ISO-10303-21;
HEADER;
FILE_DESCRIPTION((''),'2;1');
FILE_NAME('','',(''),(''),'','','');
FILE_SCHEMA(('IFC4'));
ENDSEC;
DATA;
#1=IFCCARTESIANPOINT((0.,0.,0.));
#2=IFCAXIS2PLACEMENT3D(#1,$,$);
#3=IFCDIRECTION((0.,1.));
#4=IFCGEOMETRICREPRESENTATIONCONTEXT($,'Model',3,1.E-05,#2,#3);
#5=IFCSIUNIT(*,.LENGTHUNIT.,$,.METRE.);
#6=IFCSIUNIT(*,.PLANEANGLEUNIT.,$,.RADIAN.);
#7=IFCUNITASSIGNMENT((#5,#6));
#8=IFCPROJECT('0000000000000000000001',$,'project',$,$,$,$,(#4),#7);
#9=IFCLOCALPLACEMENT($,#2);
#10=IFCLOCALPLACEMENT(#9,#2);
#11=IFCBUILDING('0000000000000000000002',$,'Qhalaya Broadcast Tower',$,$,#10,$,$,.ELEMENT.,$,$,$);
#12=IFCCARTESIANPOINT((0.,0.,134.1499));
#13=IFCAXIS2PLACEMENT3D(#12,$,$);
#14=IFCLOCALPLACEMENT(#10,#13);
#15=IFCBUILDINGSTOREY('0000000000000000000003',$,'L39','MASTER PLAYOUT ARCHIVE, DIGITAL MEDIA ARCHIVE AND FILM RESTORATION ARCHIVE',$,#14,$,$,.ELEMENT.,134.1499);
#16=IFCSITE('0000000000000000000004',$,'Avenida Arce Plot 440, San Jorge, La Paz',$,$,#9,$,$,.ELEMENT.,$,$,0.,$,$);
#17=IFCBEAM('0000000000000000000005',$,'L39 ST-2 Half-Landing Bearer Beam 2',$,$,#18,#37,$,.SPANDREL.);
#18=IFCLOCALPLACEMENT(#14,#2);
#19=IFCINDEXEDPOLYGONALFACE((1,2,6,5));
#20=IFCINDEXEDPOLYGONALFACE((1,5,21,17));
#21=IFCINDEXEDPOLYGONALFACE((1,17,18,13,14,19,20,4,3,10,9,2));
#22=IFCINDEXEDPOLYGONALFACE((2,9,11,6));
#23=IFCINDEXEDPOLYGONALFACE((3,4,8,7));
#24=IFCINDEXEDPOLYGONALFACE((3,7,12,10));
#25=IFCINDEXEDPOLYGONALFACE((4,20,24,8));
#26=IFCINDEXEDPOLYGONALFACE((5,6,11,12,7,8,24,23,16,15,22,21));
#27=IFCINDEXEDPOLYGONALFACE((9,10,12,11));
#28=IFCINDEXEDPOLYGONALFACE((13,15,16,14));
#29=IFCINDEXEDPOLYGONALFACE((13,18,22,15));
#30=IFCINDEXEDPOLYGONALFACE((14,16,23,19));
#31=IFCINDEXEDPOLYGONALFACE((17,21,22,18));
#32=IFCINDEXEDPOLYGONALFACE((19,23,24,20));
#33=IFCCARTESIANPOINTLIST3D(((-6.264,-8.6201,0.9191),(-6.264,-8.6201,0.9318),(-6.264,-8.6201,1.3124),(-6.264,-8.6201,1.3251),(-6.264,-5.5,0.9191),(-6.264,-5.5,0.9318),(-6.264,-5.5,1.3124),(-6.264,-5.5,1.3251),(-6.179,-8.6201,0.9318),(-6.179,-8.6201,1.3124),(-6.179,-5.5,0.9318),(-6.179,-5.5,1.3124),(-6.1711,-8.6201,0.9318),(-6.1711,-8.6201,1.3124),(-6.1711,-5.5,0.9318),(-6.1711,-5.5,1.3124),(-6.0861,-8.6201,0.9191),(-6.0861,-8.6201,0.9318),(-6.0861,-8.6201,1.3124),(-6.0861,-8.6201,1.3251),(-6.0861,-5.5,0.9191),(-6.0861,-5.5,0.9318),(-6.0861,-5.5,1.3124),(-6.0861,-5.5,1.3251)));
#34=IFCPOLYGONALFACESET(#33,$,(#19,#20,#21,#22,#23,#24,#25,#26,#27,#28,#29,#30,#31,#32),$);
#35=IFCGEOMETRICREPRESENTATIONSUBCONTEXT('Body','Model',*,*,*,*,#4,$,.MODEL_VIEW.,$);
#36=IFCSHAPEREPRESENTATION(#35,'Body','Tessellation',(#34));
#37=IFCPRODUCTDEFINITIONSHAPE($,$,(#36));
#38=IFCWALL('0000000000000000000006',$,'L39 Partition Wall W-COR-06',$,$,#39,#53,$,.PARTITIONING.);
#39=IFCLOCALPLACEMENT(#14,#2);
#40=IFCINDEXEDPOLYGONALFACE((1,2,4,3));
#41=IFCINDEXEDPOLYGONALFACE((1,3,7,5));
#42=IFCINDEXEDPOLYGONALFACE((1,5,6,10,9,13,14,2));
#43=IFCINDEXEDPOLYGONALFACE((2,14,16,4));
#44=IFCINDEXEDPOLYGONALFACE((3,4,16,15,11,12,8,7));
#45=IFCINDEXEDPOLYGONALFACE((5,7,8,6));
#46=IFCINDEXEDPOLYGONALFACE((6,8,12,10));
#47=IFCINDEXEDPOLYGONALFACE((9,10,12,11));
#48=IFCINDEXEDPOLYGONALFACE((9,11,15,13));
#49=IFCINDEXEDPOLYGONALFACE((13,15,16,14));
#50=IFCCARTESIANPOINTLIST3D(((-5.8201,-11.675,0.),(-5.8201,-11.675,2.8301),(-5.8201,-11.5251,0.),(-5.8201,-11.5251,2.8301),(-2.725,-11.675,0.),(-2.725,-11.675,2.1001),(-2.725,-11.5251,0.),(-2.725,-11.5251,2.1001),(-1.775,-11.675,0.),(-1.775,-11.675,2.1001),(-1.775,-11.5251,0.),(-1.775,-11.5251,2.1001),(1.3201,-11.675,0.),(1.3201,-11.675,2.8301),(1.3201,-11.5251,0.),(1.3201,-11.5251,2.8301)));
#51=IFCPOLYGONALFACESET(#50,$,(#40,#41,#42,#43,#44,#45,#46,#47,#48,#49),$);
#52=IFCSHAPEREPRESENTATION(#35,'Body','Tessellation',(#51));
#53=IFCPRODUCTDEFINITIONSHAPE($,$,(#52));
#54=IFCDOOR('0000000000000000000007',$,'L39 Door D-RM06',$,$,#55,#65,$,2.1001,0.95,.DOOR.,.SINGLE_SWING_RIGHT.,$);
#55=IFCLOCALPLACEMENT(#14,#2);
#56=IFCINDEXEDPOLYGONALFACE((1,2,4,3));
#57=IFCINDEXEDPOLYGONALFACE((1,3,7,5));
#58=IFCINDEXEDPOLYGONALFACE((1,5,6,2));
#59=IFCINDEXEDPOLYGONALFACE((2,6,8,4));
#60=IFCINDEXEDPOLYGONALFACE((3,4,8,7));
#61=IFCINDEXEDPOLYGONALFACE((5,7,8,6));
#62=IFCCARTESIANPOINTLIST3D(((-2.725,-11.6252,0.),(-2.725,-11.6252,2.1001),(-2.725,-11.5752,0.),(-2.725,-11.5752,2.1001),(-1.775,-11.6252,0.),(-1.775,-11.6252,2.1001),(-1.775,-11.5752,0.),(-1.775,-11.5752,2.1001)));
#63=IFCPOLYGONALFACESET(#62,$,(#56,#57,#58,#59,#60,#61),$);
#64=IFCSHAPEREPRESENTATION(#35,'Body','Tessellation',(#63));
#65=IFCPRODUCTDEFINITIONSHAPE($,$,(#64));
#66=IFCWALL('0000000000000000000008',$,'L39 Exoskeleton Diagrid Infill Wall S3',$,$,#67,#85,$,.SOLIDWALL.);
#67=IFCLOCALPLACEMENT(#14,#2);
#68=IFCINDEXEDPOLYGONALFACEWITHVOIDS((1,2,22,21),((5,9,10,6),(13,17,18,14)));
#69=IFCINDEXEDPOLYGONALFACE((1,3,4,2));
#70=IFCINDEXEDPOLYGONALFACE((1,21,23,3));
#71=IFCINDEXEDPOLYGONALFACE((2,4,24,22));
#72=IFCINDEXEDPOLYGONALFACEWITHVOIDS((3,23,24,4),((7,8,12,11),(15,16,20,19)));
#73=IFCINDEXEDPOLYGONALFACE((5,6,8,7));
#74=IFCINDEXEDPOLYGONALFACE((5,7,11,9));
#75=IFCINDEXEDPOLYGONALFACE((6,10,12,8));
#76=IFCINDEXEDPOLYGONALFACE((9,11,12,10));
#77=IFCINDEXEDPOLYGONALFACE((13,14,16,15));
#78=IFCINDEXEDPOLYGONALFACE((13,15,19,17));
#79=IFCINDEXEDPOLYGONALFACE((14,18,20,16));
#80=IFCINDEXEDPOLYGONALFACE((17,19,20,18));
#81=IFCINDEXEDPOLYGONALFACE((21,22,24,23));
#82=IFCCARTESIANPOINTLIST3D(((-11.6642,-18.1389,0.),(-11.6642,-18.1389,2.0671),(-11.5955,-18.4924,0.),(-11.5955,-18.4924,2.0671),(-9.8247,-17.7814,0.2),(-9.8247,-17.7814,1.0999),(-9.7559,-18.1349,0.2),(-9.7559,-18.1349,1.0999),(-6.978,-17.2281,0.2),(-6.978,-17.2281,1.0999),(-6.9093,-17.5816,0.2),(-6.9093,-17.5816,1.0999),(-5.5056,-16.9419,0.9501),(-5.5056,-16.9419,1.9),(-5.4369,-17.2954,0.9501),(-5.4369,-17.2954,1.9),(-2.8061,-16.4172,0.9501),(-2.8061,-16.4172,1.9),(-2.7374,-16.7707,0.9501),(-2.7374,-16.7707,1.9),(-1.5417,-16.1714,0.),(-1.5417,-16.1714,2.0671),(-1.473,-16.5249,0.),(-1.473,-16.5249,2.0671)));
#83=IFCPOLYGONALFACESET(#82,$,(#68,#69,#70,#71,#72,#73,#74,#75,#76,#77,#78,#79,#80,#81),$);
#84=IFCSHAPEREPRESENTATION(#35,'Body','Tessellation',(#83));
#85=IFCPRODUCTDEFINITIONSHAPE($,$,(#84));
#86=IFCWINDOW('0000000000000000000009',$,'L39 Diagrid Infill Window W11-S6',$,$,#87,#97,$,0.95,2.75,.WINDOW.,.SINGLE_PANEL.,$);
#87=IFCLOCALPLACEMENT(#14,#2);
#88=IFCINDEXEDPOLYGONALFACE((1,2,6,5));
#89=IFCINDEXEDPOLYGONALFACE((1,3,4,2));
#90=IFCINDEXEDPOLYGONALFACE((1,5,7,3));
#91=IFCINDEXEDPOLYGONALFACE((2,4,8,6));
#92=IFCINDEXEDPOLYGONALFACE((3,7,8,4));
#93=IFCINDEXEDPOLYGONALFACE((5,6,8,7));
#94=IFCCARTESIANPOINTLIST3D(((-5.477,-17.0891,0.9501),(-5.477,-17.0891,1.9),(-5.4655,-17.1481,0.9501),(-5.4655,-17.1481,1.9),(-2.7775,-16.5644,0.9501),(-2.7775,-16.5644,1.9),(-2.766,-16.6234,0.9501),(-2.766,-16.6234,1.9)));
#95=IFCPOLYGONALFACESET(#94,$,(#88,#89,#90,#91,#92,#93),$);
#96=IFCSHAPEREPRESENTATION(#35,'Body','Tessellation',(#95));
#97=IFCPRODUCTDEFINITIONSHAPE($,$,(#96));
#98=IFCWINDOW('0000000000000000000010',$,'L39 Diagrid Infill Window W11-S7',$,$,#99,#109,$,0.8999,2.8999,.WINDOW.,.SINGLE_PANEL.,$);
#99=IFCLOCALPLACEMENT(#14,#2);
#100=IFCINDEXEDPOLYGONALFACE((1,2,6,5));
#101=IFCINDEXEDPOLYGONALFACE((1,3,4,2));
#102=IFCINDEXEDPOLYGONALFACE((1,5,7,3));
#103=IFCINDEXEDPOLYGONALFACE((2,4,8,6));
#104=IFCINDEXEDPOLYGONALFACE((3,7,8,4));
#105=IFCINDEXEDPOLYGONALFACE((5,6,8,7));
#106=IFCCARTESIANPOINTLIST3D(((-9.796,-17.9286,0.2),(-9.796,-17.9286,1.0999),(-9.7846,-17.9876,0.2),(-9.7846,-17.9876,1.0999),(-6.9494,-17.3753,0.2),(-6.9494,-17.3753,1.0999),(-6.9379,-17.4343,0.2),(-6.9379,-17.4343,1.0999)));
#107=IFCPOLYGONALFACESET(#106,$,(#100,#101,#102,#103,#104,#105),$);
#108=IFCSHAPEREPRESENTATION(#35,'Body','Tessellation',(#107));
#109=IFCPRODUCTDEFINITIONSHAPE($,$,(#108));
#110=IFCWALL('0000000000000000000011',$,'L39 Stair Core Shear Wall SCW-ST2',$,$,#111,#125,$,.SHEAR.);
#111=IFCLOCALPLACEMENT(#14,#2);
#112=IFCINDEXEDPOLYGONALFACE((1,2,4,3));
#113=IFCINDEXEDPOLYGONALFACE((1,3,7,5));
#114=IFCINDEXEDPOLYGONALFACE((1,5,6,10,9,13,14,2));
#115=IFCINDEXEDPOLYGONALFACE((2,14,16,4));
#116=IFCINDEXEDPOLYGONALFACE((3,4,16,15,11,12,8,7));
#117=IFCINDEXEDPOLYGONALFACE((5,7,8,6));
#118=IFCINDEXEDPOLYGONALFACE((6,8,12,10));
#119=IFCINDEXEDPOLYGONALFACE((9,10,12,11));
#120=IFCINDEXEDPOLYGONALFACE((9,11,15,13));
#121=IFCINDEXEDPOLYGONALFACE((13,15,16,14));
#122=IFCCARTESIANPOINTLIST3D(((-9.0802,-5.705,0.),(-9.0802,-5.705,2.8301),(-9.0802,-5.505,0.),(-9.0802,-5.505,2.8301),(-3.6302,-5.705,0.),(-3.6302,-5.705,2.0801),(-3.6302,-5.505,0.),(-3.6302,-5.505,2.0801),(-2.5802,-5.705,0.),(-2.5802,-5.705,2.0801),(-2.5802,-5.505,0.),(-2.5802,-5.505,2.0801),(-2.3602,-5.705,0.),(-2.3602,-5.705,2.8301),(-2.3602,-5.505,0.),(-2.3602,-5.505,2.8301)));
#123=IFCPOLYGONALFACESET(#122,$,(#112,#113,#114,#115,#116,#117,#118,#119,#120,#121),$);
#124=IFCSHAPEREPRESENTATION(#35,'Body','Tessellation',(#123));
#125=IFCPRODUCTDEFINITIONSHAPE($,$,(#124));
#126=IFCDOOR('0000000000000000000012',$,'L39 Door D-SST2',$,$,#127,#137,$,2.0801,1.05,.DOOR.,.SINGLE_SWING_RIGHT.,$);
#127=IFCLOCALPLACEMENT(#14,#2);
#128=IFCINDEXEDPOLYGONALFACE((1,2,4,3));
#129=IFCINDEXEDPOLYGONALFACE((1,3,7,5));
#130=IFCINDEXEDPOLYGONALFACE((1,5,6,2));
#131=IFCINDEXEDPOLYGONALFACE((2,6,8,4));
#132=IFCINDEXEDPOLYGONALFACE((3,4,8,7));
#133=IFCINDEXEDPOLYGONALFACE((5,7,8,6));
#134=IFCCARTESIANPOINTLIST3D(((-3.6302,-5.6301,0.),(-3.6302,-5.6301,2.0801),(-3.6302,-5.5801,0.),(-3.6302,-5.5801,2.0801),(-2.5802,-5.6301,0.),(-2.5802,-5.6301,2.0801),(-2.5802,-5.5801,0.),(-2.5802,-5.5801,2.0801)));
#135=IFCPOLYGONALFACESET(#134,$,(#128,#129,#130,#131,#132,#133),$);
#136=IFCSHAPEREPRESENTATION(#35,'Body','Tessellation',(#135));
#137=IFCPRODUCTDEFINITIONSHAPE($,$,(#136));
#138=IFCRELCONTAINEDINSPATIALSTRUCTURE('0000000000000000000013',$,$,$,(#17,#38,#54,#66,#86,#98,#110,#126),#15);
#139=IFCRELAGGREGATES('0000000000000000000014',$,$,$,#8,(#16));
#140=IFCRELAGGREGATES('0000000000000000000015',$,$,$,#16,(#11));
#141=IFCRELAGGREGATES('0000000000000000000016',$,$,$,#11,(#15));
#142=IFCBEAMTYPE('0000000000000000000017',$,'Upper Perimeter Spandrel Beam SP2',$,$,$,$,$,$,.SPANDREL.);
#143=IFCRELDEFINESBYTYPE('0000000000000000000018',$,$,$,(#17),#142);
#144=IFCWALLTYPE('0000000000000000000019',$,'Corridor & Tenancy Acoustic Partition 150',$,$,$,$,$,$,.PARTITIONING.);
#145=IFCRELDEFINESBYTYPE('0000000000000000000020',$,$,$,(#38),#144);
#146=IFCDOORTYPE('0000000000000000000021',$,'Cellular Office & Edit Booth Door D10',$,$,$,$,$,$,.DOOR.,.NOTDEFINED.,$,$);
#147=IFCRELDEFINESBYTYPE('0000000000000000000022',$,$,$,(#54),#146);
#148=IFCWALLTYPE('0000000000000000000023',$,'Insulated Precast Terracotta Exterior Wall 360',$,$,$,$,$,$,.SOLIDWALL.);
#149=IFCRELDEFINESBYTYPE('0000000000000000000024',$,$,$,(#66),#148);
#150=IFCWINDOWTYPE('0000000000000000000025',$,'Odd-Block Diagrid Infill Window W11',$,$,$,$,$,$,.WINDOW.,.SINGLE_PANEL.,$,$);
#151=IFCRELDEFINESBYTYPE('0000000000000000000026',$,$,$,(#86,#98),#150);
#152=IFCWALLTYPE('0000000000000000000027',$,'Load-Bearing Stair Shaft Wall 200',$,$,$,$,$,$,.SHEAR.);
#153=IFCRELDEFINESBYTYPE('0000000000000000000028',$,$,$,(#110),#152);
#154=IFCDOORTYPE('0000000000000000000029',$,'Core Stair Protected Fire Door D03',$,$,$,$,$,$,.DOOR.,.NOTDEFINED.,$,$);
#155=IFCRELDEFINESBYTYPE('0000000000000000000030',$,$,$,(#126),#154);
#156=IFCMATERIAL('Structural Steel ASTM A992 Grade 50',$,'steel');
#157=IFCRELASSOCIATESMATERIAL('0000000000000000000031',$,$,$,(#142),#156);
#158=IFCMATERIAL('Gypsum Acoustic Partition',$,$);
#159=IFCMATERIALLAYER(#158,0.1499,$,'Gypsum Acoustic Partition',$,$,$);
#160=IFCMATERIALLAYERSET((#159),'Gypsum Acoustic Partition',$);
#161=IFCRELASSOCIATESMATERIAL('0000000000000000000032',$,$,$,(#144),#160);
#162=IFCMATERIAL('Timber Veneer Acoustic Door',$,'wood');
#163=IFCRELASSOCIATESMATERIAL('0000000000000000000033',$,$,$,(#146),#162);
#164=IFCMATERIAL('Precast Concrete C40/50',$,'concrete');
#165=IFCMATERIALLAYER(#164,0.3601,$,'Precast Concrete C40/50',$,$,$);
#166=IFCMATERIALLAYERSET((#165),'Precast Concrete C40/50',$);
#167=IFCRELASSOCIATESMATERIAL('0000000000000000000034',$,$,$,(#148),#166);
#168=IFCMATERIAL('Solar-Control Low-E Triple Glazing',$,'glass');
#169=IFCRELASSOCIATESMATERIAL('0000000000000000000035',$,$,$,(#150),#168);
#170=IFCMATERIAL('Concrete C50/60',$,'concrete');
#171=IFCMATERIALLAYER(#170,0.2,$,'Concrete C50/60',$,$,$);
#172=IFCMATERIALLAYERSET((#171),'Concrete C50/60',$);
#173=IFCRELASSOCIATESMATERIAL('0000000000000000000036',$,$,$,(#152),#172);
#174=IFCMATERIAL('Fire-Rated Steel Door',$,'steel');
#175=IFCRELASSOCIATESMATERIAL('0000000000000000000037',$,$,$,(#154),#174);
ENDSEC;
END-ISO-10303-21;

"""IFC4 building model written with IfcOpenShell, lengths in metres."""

from ifc_helpers import new_model, si_unit, direction, frame, frame_2d, origin, origin_2d, place, context, subcontext, project, spatial, rectangle, i_section, extrude, material, layer, layer_set, material_profile, profile_set, type_object, element, fill, save


model = new_model("IFC4")

# Units and contexts
model_context = context("Model", 3, precision=1e-05, world=origin(), true_north=direction((0.0, 1.0)))
body_context = subcontext(model_context, "Body", "Model", "MODEL_VIEW")
ifc_project = project(units=[si_unit("LENGTHUNIT", "METRE"), si_unit("PLANEANGLEUNIT", "RADIAN")], contexts=[model_context])

# Site, building, storey
site_placement = place(None, origin())
site = spatial("IfcSite", under=ifc_project, at=site_placement, Name="Avenida Arce Plot 440, San Jorge, La Paz", CompositionType="ELEMENT", RefElevation=0.0)
building_placement = place(site_placement, origin())
building = spatial("IfcBuilding", under=site, at=building_placement, Name="Qhalaya Broadcast Tower", CompositionType="ELEMENT")
storey_placement = place(building_placement, frame((0.0, 0.0, 134.1499)))
storey = spatial("IfcBuildingStorey", under=building, at=storey_placement, Name="L39", Description="MASTER PLAYOUT ARCHIVE, DIGITAL MEDIA ARCHIVE AND FILM RESTORATION ARCHIVE", CompositionType="ELEMENT", Elevation=134.1499)

# Shared definitions
ifc_material_1 = material(Name="Concrete C50/60", Category="concrete")

# Beam
ifc_material_2 = material(Name="Structural Steel ASTM A992 Grade 50", Category="steel")
ifc_material_profile_1 = material_profile(ifc_material_2, i_section(OverallWidth=0.178, OverallDepth=0.406, WebThickness=0.0078, FlangeThickness=0.0127, at=origin_2d()), Name="W16X40")
ifc_profile_set_1 = profile_set([ifc_material_profile_1], Name="Structural Steel ASTM A992 Grade 50")
beam_type_1 = type_object("IfcBeamType", Name="Upper Perimeter Spandrel Beam SP2", PredefinedType="SPANDREL", material=ifc_profile_set_1)
for number, where, z_axis, x_axis, name in (
    (1, (-6.175, -8.6201, 1.1221), (0.0, 1.0, 0.0), (-1.0, 0.0, 0.0), "L39 ST-2 Half-Landing Bearer Beam 2"),
):
    element("IfcBeam", number, at=place(storey_placement, frame(where, z_axis=z_axis, x_axis=x_axis)), inside=storey, type_object=beam_type_1, Name=name, PredefinedType="SPANDREL", context=body_context, shape_type="SweptSolid", body=[
        extrude(i_section(OverallWidth=0.178, OverallDepth=0.406, WebThickness=0.0078, FlangeThickness=0.0127, at=origin_2d()), origin(), (0.0, 0.0, 1.0), 3.1201),
    ])

# Wall, opening, door
ifc_material_3 = material(Name="Gypsum Acoustic Partition")
ifc_layer_1 = layer(ifc_material_3, 0.1499, Name="Gypsum Acoustic Partition")
ifc_layer_set_1 = layer_set([ifc_layer_1], Name="Gypsum Acoustic Partition")
wall_type_1 = type_object("IfcWallType", Name="Corridor & Tenancy Acoustic Partition 150", PredefinedType="PARTITIONING", material=ifc_layer_set_1)
wall_1_placement = place(storey_placement, frame((-5.8201, -11.6001, 0.0), z_axis=(0.0, 0.0, 1.0), x_axis=(1.0, 0.0, 0.0)))
wall_1 = element("IfcWall", 2, at=wall_1_placement, inside=storey, type_object=wall_type_1, Name="L39 Partition Wall W-COR-06", PredefinedType="PARTITIONING", context=body_context, shape_type="SweptSolid", body=[
    extrude(rectangle(XDim=7.1401, YDim=0.1499, at=frame_2d((3.5701, 0.0))), origin(), (0.0, 0.0, 1.0), 2.8301),
])
opening_1_placement = place(wall_1_placement, frame((3.095, 0.0, 0.0)))
opening_1 = element("IfcOpeningElement", 3, at=opening_1_placement, cuts=wall_1, PredefinedType="OPENING", context=body_context, shape_type="SweptSolid", body=[
    extrude(rectangle(XDim=0.95, YDim=2.1001, at=frame_2d((0.4751, 1.05))), frame((0.0, 0.0869, 0.0), z_axis=(0.0, -1.0, 0.0), x_axis=(1.0, 0.0, 0.0)), (0.0, 0.0, 1.0), 0.1738),
])
ifc_material_4 = material(Name="Timber Veneer Acoustic Door", Category="wood")
door_type_1 = type_object("IfcDoorType", Name="Cellular Office & Edit Booth Door D10", OperationType="NOTDEFINED", PredefinedType="DOOR", material=ifc_material_4)
door_1_placement = place(opening_1_placement, origin())
door_1 = element("IfcDoor", 4, at=door_1_placement, inside=storey, type_object=door_type_1, Name="L39 Door D-RM06", OperationType="SINGLE_SWING_RIGHT", OverallHeight=2.1001, OverallWidth=0.95, PredefinedType="DOOR", context=body_context, shape_type="SweptSolid", body=[
    extrude(rectangle(XDim=0.95, YDim=2.1001, at=frame_2d((0.4751, 1.05))), frame((0.0, 0.0249, 0.0), z_axis=(0.0, -1.0, 0.0), x_axis=(1.0, 0.0, 0.0)), (0.0, 0.0, 1.0), 0.05),
])
fill(opening_1, door_1)

# Wall, openings, windows
ifc_material_5 = material(Name="Precast Concrete C40/50", Category="concrete")
ifc_layer_2 = layer(ifc_material_5, 0.3601, Name="Precast Concrete C40/50")
ifc_layer_set_2 = layer_set([ifc_layer_2], Name="Precast Concrete C40/50")
wall_type_2 = type_object("IfcWallType", Name="Insulated Precast Terracotta Exterior Wall 360", PredefinedType="SOLIDWALL", material=ifc_layer_set_2)
wall_2_placement = place(storey_placement, frame((-1.5073, -16.3481, 0.0), z_axis=(0.0, 0.0, 1.0), x_axis=(-0.981629, -0.1908, 0.0)))
wall_2 = element("IfcWall", 5, at=wall_2_placement, inside=storey, type_object=wall_type_2, Name="L39 Exoskeleton Diagrid Infill Wall S3", PredefinedType="SOLIDWALL", context=body_context, shape_type="SweptSolid", body=[
    extrude(rectangle(XDim=10.312, YDim=0.3601, at=frame_2d((5.156, 0.0))), origin(), (0.0, 0.0, 1.0), 2.0671),
])
opening_2_placement = place(wall_2_placement, frame((1.2881, 0.0, 0.95)))
opening_2 = element("IfcOpeningElement", 6, at=opening_2_placement, cuts=wall_2, PredefinedType="OPENING", context=body_context, shape_type="SweptSolid", body=[
    extrude(rectangle(XDim=2.75, YDim=0.95, at=frame_2d((1.375, 0.4751))), frame((0.0, 0.1921, 0.0), z_axis=(0.0, -1.0, 0.0), x_axis=(1.0, 0.0, 0.0)), (0.0, 0.0, 1.0), 0.384),
])
opening_3_placement = place(wall_2_placement, frame((5.5381, 0.0, 0.2)))
opening_3 = element("IfcOpeningElement", 7, at=opening_3_placement, cuts=wall_2, PredefinedType="OPENING", context=body_context, shape_type="SweptSolid", body=[
    extrude(rectangle(XDim=2.8999, YDim=0.8999, at=frame_2d((1.45, 0.45))), frame((0.0, 0.1921, 0.0), z_axis=(0.0, -1.0, 0.0), x_axis=(1.0, 0.0, 0.0)), (0.0, 0.0, 1.0), 0.384),
])
ifc_material_6 = material(Name="Solar-Control Low-E Triple Glazing", Category="glass")
window_type = type_object("IfcWindowType", Name="Odd-Block Diagrid Infill Window W11", PartitioningType="SINGLE_PANEL", PredefinedType="WINDOW", material=ifc_material_6)
window_1_placement = place(opening_2_placement, origin())
window_1 = element("IfcWindow", 8, at=window_1_placement, inside=storey, type_object=window_type, Name="L39 Diagrid Infill Window W11-S6", OverallHeight=0.95, OverallWidth=2.75, PartitioningType="SINGLE_PANEL", PredefinedType="WINDOW", context=body_context, shape_type="SweptSolid", body=[
    extrude(rectangle(XDim=2.75, YDim=0.95, at=frame_2d((1.375, 0.4751))), frame((0.0, 0.03, 0.0), z_axis=(0.0, -1.0, 0.0), x_axis=(1.0, 0.0, 0.0)), (0.0, 0.0, 1.0), 0.0601),
])
fill(opening_2, window_1)
window_2_placement = place(opening_3_placement, origin())
window_2 = element("IfcWindow", 9, at=window_2_placement, inside=storey, type_object=window_type, Name="L39 Diagrid Infill Window W11-S7", OverallHeight=0.8999, OverallWidth=2.8999, PartitioningType="SINGLE_PANEL", PredefinedType="WINDOW", context=body_context, shape_type="SweptSolid", body=[
    extrude(rectangle(XDim=2.8999, YDim=0.8999, at=frame_2d((1.45, 0.45))), frame((0.0, 0.03, 0.0), z_axis=(0.0, -1.0, 0.0), x_axis=(1.0, 0.0, 0.0)), (0.0, 0.0, 1.0), 0.0601),
])
fill(opening_3, window_2)

# Wall, opening, door
ifc_layer_3 = layer(ifc_material_1, 0.2, Name="Concrete C50/60")
ifc_layer_set_3 = layer_set([ifc_layer_3], Name="Concrete C50/60")
wall_type_3 = type_object("IfcWallType", Name="Load-Bearing Stair Shaft Wall 200", PredefinedType="SHEAR", material=ifc_layer_set_3)
wall_3_placement = place(storey_placement, frame((-9.0801, -5.605, 0.0), z_axis=(0.0, 0.0, 1.0), x_axis=(1.0, 0.0, 0.0)))
wall_3 = element("IfcWall", 10, at=wall_3_placement, inside=storey, type_object=wall_type_3, Name="L39 Stair Core Shear Wall SCW-ST2", PredefinedType="SHEAR", context=body_context, shape_type="SweptSolid", body=[
    extrude(rectangle(XDim=6.72, YDim=0.2, at=frame_2d((3.3599, 0.0))), origin(), (0.0, 0.0, 1.0), 2.8301),
])
opening_4_placement = place(wall_3_placement, frame((5.45, 0.0, 0.0)))
opening_4 = element("IfcOpeningElement", 11, at=opening_4_placement, cuts=wall_3, PredefinedType="OPENING", context=body_context, shape_type="SweptSolid", body=[
    extrude(rectangle(XDim=1.05, YDim=2.0801, at=frame_2d((0.5249, 1.04))), frame((0.0, 0.1121, 0.0), z_axis=(0.0, -1.0, 0.0), x_axis=(1.0, 0.0, 0.0)), (0.0, 0.0, 1.0), 0.2239),
])
ifc_material_7 = material(Name="Fire-Rated Steel Door", Category="steel")
door_type_2 = type_object("IfcDoorType", Name="Core Stair Protected Fire Door D03", OperationType="NOTDEFINED", PredefinedType="DOOR", material=ifc_material_7)
door_2_placement = place(opening_4_placement, origin())
door_2 = element("IfcDoor", 12, at=door_2_placement, inside=storey, type_object=door_type_2, Name="L39 Door D-SST2", OperationType="SINGLE_SWING_RIGHT", OverallHeight=2.0801, OverallWidth=1.05, PredefinedType="DOOR", context=body_context, shape_type="SweptSolid", body=[
    extrude(rectangle(XDim=1.05, YDim=2.0801, at=frame_2d((0.5249, 1.04))), frame((0.0, 0.0249, 0.0), z_axis=(0.0, -1.0, 0.0), x_axis=(1.0, 0.0, 0.0)), (0.0, 0.0, 1.0), 0.05),
])
fill(opening_4, door_2)

save(model, "model.ifc")
